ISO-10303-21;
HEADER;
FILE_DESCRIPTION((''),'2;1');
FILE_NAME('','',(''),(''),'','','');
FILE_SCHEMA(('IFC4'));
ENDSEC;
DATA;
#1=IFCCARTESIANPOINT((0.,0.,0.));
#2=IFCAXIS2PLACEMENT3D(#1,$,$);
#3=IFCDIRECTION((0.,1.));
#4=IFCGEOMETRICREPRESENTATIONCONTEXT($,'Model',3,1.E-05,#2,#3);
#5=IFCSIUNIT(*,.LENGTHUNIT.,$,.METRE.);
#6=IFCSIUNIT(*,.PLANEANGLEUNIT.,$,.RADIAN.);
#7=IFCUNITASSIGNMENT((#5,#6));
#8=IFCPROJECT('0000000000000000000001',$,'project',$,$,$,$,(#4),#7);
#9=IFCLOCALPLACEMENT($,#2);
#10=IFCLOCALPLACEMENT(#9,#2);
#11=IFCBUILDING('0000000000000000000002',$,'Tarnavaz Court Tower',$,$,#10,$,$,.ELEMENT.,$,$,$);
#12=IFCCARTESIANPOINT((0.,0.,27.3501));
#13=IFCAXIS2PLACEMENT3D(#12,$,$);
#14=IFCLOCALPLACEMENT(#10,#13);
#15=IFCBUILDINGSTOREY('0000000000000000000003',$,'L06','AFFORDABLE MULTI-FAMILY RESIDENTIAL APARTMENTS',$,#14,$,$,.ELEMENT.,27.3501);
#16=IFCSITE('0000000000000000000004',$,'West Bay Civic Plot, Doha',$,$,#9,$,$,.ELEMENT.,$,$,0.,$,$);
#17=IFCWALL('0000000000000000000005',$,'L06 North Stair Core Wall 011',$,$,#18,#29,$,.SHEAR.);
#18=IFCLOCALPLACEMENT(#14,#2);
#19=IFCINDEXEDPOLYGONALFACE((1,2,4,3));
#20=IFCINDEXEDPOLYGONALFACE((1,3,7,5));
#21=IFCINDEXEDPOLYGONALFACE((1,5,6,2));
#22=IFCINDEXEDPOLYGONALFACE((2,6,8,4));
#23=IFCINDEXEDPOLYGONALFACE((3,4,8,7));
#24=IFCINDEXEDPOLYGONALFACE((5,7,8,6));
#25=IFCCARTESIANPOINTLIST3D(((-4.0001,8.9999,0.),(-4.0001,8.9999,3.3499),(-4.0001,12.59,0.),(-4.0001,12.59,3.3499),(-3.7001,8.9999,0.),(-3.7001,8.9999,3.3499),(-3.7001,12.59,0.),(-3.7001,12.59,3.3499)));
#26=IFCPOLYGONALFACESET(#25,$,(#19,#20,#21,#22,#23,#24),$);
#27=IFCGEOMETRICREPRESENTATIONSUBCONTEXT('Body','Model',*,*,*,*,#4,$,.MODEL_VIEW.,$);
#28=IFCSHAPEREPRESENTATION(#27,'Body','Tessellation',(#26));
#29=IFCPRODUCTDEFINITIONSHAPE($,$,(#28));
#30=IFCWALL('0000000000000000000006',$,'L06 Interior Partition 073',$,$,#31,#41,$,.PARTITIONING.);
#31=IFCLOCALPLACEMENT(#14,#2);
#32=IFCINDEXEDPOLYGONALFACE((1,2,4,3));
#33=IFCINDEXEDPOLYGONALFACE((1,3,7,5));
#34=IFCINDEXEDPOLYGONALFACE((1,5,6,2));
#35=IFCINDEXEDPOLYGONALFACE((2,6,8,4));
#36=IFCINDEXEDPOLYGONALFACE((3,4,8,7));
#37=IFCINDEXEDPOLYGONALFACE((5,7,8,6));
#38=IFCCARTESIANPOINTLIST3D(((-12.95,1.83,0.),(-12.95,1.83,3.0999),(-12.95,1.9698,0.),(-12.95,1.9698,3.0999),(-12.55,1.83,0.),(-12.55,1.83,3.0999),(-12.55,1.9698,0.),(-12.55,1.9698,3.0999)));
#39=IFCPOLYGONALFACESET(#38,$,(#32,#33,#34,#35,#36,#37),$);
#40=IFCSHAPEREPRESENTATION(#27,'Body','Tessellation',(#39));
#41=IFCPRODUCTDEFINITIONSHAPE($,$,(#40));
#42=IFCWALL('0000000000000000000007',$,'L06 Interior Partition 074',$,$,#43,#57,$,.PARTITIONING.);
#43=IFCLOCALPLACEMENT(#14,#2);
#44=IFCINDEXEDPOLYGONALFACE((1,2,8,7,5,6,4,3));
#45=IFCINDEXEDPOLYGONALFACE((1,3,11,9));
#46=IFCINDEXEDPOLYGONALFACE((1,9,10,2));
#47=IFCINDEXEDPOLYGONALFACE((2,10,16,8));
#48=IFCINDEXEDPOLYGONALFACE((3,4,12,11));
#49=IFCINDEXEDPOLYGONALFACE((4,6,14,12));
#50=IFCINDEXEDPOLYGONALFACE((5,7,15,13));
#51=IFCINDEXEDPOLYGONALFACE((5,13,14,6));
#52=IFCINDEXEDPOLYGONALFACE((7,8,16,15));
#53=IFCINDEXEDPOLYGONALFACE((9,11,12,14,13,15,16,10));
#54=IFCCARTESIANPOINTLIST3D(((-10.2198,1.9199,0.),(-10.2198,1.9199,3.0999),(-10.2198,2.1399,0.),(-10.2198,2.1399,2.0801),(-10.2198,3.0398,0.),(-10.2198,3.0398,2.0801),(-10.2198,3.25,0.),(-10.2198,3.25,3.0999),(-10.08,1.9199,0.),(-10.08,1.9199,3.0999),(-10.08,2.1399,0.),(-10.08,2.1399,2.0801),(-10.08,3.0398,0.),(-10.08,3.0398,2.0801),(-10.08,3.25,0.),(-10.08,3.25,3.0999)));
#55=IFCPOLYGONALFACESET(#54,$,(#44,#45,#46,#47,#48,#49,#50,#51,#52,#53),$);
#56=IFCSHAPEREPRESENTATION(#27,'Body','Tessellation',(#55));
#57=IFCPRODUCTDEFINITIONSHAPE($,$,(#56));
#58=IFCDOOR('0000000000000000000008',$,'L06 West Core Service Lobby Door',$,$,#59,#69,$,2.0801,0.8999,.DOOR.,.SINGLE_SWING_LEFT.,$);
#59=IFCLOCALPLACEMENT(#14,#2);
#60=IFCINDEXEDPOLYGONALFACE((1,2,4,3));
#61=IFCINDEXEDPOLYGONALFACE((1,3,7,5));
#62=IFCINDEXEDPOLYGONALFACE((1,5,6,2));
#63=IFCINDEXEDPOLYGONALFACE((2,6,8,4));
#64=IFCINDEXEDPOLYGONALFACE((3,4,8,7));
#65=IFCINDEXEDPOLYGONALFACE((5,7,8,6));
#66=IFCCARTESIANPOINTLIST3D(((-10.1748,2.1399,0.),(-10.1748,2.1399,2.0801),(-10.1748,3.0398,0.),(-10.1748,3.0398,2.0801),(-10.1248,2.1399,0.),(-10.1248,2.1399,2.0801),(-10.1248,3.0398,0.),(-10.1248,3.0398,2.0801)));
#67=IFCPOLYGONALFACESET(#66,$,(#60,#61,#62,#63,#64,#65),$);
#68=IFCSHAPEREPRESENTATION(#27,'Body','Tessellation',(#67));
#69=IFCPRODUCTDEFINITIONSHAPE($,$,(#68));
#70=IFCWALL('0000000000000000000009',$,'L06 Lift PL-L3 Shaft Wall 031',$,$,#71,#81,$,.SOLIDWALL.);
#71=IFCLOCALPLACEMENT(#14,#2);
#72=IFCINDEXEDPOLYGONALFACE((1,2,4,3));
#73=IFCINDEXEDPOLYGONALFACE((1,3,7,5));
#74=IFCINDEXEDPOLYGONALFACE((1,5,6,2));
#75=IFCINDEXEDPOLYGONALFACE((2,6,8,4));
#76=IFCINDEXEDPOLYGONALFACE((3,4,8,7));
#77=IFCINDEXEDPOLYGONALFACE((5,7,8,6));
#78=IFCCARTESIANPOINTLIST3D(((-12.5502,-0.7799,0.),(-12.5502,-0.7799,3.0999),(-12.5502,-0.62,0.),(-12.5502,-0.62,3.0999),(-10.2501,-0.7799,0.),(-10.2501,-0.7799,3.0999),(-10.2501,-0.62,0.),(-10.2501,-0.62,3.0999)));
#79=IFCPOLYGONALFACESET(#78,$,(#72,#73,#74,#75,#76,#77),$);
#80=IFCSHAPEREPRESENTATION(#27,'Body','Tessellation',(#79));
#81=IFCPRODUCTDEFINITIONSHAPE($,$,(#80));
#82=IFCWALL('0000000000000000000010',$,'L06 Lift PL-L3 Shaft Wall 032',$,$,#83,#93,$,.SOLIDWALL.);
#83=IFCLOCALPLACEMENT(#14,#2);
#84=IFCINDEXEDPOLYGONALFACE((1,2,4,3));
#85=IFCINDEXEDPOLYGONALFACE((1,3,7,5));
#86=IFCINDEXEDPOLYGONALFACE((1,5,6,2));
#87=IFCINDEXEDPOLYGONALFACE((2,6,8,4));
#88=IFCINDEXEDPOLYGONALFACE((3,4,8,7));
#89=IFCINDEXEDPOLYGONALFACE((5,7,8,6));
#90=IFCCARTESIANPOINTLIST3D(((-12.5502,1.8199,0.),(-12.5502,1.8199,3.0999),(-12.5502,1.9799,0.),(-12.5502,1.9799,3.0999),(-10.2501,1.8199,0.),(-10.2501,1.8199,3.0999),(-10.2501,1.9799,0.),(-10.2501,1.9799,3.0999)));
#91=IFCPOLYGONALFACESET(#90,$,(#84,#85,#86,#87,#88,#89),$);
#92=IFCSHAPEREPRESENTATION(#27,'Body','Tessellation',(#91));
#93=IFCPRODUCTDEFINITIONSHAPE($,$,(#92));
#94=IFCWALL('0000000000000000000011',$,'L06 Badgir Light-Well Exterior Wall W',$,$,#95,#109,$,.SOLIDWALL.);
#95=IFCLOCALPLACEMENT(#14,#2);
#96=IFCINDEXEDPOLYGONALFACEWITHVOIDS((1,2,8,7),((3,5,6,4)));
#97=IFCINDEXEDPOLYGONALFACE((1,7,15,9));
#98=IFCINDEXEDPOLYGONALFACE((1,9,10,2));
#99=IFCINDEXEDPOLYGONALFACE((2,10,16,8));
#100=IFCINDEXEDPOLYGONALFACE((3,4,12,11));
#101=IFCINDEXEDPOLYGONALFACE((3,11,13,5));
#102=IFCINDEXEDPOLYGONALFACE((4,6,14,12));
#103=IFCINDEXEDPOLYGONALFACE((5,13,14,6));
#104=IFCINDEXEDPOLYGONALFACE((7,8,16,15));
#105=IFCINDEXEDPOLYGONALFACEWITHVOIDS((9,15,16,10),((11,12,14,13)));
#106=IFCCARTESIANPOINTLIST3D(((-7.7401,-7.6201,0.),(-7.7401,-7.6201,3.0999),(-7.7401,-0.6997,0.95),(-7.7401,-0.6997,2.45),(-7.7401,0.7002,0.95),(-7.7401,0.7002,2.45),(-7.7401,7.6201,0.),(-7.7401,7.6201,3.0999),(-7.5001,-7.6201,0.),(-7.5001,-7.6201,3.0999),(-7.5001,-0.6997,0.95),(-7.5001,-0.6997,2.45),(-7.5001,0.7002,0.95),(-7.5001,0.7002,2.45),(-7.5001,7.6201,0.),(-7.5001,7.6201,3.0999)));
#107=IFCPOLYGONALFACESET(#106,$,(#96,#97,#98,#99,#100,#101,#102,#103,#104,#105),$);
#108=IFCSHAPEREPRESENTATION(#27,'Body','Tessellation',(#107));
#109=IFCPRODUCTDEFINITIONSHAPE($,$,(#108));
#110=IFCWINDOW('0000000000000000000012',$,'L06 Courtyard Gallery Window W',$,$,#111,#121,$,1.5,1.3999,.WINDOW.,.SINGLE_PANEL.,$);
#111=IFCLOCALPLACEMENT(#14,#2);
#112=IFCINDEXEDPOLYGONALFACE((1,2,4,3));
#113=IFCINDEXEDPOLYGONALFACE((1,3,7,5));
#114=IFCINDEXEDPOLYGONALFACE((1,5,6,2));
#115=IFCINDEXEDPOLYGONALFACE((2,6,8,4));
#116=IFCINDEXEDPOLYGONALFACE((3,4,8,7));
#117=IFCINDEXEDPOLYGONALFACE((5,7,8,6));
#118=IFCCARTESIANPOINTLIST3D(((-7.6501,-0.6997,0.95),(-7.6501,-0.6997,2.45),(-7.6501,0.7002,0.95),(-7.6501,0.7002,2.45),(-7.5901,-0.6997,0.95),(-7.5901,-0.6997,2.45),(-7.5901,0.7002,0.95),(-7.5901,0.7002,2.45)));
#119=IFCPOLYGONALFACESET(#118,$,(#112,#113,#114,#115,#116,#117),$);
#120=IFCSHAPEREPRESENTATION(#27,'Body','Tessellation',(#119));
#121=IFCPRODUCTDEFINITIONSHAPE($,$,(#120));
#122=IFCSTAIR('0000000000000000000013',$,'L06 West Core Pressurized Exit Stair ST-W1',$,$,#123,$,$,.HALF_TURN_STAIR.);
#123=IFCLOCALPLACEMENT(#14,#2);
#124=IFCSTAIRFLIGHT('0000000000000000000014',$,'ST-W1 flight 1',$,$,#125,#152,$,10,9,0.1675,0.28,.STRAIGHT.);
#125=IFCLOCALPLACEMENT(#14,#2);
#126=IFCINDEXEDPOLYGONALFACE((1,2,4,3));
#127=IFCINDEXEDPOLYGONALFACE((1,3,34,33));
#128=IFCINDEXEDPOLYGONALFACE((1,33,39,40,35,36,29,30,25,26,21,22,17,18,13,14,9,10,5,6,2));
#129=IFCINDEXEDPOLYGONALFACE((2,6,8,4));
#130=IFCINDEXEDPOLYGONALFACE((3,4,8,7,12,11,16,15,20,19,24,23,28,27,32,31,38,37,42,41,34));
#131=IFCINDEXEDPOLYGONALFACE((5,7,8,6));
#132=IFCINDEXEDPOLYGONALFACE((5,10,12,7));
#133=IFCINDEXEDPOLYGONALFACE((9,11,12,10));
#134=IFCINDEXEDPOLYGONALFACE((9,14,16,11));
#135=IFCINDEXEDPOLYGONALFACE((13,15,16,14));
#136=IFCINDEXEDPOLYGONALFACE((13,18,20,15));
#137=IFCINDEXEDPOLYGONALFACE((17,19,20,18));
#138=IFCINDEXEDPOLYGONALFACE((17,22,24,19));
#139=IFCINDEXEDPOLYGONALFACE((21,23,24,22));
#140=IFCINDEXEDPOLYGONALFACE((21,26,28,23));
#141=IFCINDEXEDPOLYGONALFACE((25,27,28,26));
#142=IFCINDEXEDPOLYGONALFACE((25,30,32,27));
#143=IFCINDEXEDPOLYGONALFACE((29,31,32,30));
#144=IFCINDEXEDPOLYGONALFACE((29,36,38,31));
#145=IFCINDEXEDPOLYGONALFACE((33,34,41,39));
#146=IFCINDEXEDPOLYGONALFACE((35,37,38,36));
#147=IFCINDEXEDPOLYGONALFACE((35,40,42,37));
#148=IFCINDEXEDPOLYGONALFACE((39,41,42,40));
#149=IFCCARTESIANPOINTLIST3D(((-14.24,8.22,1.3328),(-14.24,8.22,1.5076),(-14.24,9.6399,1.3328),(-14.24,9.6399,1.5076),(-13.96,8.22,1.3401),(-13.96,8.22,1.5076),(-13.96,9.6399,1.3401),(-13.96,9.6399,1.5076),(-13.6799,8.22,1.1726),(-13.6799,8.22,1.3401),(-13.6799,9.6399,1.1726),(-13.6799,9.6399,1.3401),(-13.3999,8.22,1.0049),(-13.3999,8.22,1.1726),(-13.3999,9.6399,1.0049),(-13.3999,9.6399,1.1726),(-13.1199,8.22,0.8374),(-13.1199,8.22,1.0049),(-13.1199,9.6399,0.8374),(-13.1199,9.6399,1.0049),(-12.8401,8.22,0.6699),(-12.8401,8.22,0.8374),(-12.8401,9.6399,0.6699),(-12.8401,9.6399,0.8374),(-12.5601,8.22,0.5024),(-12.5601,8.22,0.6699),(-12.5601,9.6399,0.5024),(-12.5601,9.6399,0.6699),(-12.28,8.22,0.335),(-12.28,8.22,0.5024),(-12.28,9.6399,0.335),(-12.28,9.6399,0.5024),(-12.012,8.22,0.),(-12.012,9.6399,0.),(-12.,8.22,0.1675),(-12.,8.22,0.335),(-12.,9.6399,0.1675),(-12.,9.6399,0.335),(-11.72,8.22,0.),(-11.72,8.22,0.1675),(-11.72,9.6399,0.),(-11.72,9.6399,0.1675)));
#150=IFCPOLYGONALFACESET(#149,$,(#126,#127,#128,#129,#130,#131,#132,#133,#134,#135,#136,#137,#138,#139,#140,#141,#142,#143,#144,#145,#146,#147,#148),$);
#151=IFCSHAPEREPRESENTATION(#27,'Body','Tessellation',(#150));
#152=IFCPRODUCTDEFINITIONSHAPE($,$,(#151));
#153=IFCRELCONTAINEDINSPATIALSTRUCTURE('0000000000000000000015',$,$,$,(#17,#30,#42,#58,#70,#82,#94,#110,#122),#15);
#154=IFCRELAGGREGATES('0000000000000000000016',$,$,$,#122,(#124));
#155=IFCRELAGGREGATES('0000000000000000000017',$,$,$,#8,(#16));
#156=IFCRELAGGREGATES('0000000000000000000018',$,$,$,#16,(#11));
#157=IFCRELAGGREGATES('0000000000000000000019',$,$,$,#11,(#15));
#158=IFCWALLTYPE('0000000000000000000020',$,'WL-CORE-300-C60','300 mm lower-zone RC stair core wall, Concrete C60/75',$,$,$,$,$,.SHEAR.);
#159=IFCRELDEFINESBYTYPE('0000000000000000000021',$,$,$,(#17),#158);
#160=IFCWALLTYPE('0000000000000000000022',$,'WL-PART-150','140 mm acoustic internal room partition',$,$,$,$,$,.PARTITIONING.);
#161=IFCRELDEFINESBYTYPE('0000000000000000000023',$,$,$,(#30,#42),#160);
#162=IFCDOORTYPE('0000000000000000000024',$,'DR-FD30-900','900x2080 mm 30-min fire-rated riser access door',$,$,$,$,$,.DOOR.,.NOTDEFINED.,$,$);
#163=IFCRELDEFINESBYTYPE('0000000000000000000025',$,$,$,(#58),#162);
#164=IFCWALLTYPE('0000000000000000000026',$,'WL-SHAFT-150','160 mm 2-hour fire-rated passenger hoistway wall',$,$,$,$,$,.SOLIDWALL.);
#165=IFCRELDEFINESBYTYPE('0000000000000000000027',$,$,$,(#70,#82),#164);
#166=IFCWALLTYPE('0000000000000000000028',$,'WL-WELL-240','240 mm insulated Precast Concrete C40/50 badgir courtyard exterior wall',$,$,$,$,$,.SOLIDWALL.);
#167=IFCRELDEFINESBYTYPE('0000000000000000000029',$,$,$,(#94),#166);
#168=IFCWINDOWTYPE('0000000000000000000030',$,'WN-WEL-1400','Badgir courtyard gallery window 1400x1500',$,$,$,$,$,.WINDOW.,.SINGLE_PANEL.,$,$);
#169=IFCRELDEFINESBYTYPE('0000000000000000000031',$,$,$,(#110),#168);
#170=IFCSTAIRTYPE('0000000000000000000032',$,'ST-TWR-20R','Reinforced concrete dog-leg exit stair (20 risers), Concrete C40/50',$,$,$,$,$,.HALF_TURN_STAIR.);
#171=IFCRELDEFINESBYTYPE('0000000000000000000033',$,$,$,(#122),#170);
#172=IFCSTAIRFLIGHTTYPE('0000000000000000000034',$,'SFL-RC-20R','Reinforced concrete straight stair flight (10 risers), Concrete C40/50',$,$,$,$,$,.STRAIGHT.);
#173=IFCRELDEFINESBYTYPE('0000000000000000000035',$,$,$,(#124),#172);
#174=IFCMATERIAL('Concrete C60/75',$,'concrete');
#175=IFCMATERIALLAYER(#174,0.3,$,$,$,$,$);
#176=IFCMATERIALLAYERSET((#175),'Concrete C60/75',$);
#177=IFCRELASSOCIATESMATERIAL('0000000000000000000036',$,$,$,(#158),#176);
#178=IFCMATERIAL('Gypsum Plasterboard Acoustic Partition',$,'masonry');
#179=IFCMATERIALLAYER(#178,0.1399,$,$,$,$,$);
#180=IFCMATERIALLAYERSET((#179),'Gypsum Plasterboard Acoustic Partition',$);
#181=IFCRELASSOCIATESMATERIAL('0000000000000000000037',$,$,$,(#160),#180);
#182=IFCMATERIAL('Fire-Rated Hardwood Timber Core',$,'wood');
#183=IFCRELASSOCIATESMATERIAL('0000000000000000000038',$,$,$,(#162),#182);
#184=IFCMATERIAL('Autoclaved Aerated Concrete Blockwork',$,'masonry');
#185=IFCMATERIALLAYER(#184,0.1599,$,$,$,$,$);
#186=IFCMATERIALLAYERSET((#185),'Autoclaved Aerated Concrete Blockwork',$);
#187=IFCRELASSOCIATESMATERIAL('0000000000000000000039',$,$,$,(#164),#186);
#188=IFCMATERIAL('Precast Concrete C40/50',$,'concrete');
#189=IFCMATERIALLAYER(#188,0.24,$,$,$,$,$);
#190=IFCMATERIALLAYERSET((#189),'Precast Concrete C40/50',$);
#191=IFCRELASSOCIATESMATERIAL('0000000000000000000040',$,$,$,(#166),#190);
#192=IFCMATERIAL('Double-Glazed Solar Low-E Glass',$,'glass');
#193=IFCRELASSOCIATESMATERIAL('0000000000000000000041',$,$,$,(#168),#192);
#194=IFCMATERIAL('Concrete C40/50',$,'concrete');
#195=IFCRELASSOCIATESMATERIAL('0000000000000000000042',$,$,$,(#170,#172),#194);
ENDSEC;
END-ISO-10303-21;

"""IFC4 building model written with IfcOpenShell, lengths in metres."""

from ifc_helpers import new_model, si_unit, direction, frame, frame_2d, origin, place, context, subcontext, project, spatial, polyline, rectangle, outline, extrude, material, layer, layer_set, type_object, element, fill, aggregate, save


model = new_model("IFC4")

# Units and contexts
model_context = context("Model", 3, precision=1e-05, world=origin(), true_north=direction((0.0, 1.0)))
body_context = subcontext(model_context, "Body", "Model", "MODEL_VIEW")
ifc_project = project(units=[si_unit("LENGTHUNIT", "METRE"), si_unit("PLANEANGLEUNIT", "RADIAN")], contexts=[model_context])

# Site, building, storey
site_placement = place(None, origin())
site = spatial("IfcSite", under=ifc_project, at=site_placement, Name="West Bay Civic Plot, Doha", CompositionType="ELEMENT", RefElevation=0.0)
building_placement = place(site_placement, origin())
building = spatial("IfcBuilding", under=site, at=building_placement, Name="Tarnavaz Court Tower", CompositionType="ELEMENT")
storey_placement = place(building_placement, frame((0.0, 0.0, 27.3501)))
storey = spatial("IfcBuildingStorey", under=building, at=storey_placement, Name="L06", Description="AFFORDABLE MULTI-FAMILY RESIDENTIAL APARTMENTS", CompositionType="ELEMENT", Elevation=27.3501)

# Shared definitions
ifc_material_1 = material(Name="Concrete C60/75", Category="concrete")

# Shared definitions
ifc_layer_1 = layer(ifc_material_1, 0.3)
ifc_layer_set_1 = layer_set([ifc_layer_1], Name="Concrete C60/75")
wall_type_1 = type_object("IfcWallType", Name="WL-CORE-300-C60", Description="300 mm lower-zone RC stair core wall, Concrete C60/75", PredefinedType="SHEAR", material=ifc_layer_set_1)

# Shared definitions
ifc_material_2 = material(Name="Fire-Rated Hardwood Timber Core", Category="wood")

# Wall
wall_1_placement = place(storey_placement, frame((-3.8501, 9.0, 0.0), z_axis=(0.0, 0.0, 1.0), x_axis=(0.0, 1.0, 0.0)))
element("IfcWall", 1, at=wall_1_placement, inside=storey, type_object=wall_type_1, Name="L06 North Stair Core Wall 011", PredefinedType="SHEAR", context=body_context, shape_type="SweptSolid", body=[
    extrude(rectangle(XDim=3.5901, YDim=0.3, at=frame_2d((1.7949, 0.0))), origin(), (0.0, 0.0, 1.0), 3.3499),
])

# Shared definitions
ifc_material_3 = material(Name="Autoclaved Aerated Concrete Blockwork", Category="masonry")

# Wall
ifc_material_4 = material(Name="Gypsum Plasterboard Acoustic Partition", Category="masonry")
ifc_layer_2 = layer(ifc_material_4, 0.1399)
ifc_layer_set_2 = layer_set([ifc_layer_2], Name="Gypsum Plasterboard Acoustic Partition")
wall_type_2 = type_object("IfcWallType", Name="WL-PART-150", Description="140 mm acoustic internal room partition", PredefinedType="PARTITIONING", material=ifc_layer_set_2)
wall_2_placement = place(storey_placement, frame((-12.95, 1.8999, 0.0), z_axis=(0.0, 0.0, 1.0), x_axis=(1.0, 0.0, 0.0)))
element("IfcWall", 2, at=wall_2_placement, inside=storey, type_object=wall_type_2, Name="L06 Interior Partition 073", PredefinedType="PARTITIONING", context=body_context, shape_type="SweptSolid", body=[
    extrude(rectangle(XDim=0.3999, YDim=0.1399, at=frame_2d((0.2, 0.0))), origin(), (0.0, 0.0, 1.0), 3.0999),
])

# Wall, opening, door
wall_3_placement = place(storey_placement, frame((-10.1499, 1.9199, 0.0), z_axis=(0.0, 0.0, 1.0), x_axis=(0.0, 1.0, 0.0)))
wall_3 = element("IfcWall", 3, at=wall_3_placement, inside=storey, type_object=wall_type_2, Name="L06 Interior Partition 074", PredefinedType="PARTITIONING", context=body_context, shape_type="SweptSolid", body=[
    extrude(rectangle(XDim=1.3301, YDim=0.1399, at=frame_2d((0.665, 0.0))), origin(), (0.0, 0.0, 1.0), 3.0999),
])
opening_1_placement = place(wall_3_placement, frame((0.22, 0.0, 0.0)))
opening_1 = element("IfcOpeningElement", 4, at=opening_1_placement, cuts=wall_3, PredefinedType="OPENING", context=body_context, shape_type="SweptSolid", body=[
    extrude(rectangle(XDim=0.8999, YDim=2.0801, at=frame_2d((0.45, 1.04))), frame((0.0, 0.0798, 0.0), z_axis=(0.0, -1.0, 0.0), x_axis=(1.0, 0.0, 0.0)), (0.0, 0.0, 1.0), 0.1599),
])
door_type_1 = type_object("IfcDoorType", Name="DR-FD30-900", Description="900x2080 mm 30-min fire-rated riser access door", OperationType="NOTDEFINED", PredefinedType="DOOR", material=ifc_material_2)
door_1_placement = place(opening_1_placement, origin())
door_1 = element("IfcDoor", 5, at=door_1_placement, inside=storey, type_object=door_type_1, Name="L06 West Core Service Lobby Door", OperationType="SINGLE_SWING_LEFT", OverallHeight=2.0801, OverallWidth=0.8999, PredefinedType="DOOR", context=body_context, shape_type="SweptSolid", body=[
    extrude(rectangle(XDim=0.8999, YDim=2.0801, at=frame_2d((0.45, 1.04))), frame((0.0, 0.0249, 0.0), z_axis=(0.0, -1.0, 0.0), x_axis=(1.0, 0.0, 0.0)), (0.0, 0.0, 1.0), 0.05),
])
fill(opening_1, door_1)
ifc_layer_3 = layer(ifc_material_3, 0.1599)
ifc_layer_set_3 = layer_set([ifc_layer_3], Name="Autoclaved Aerated Concrete Blockwork")
wall_type_3 = type_object("IfcWallType", Name="WL-SHAFT-150", Description="160 mm 2-hour fire-rated passenger hoistway wall", PredefinedType="SOLIDWALL", material=ifc_layer_set_3)

# Walls
for number, where, z_axis, x_axis, name in (
    (6, (-12.55, -0.7, 0.0), (0.0, 0.0, 1.0), (1.0, 0.0, 0.0), "L06 Lift PL-L3 Shaft Wall 031"),
    (7, (-12.55, 1.8999, 0.0), (0.0, 0.0, 1.0), (1.0, 0.0, 0.0), "L06 Lift PL-L3 Shaft Wall 032"),
):
    element("IfcWall", number, at=place(storey_placement, frame(where, z_axis=z_axis, x_axis=x_axis)), inside=storey, type_object=wall_type_3, Name=name, PredefinedType="SOLIDWALL", context=body_context, shape_type="SweptSolid", body=[
        extrude(rectangle(XDim=2.3, YDim=0.1599, at=frame_2d((1.1499, 0.0))), origin(), (0.0, 0.0, 1.0), 3.0999),
    ])

# Wall, opening, window
ifc_material_5 = material(Name="Precast Concrete C40/50", Category="concrete")
ifc_layer_4 = layer(ifc_material_5, 0.24)
ifc_layer_set_4 = layer_set([ifc_layer_4], Name="Precast Concrete C40/50")
wall_type_4 = type_object("IfcWallType", Name="WL-WELL-240", Description="240 mm insulated Precast Concrete C40/50 badgir courtyard exterior wall", PredefinedType="SOLIDWALL", material=ifc_layer_set_4)
wall_4_placement = place(storey_placement, frame((-7.6201, 7.6201, 0.0), z_axis=(0.0, 0.0, 1.0), x_axis=(0.0, -1.0, 0.0)))
wall_4 = element("IfcWall", 8, at=wall_4_placement, inside=storey, type_object=wall_type_4, Name="L06 Badgir Light-Well Exterior Wall W", PredefinedType="SOLIDWALL", context=body_context, shape_type="SweptSolid", body=[
    extrude(rectangle(XDim=15.2402, YDim=0.24, at=frame_2d((7.6201, 0.0))), origin(), (0.0, 0.0, 1.0), 3.0999),
])
opening_2_placement = place(wall_4_placement, frame((6.9199, 0.0, 0.95)))
opening_2 = element("IfcOpeningElement", 9, at=opening_2_placement, cuts=wall_4, PredefinedType="OPENING", context=body_context, shape_type="SweptSolid", body=[
    extrude(rectangle(XDim=1.3999, YDim=1.5, at=frame_2d((0.7, 0.75))), frame((0.0, 0.1299, 0.0), z_axis=(0.0, -1.0, 0.0), x_axis=(1.0, 0.0, 0.0)), (0.0, 0.0, 1.0), 0.26),
])
ifc_material_6 = material(Name="Double-Glazed Solar Low-E Glass", Category="glass")
window_type = type_object("IfcWindowType", Name="WN-WEL-1400", Description="Badgir courtyard gallery window 1400x1500", PartitioningType="SINGLE_PANEL", PredefinedType="WINDOW", material=ifc_material_6)
window_placement = place(opening_2_placement, origin())
window = element("IfcWindow", 10, at=window_placement, inside=storey, type_object=window_type, Name="L06 Courtyard Gallery Window W", OverallHeight=1.5, OverallWidth=1.3999, PartitioningType="SINGLE_PANEL", PredefinedType="WINDOW", context=body_context, shape_type="SweptSolid", body=[
    extrude(rectangle(XDim=1.3999, YDim=1.5, at=frame_2d((0.7, 0.75))), frame((0.0, 0.03, 0.0), z_axis=(0.0, -1.0, 0.0), x_axis=(1.0, 0.0, 0.0)), (0.0, 0.0, 1.0), 0.0601),
])
fill(opening_2, window)

# Stair, stair flight
ifc_material_7 = material(Name="Concrete C40/50", Category="concrete")
stair_type = type_object("IfcStairType", Name="ST-TWR-20R", Description="Reinforced concrete dog-leg exit stair (20 risers), Concrete C40/50", PredefinedType="HALF_TURN_STAIR", material=ifc_material_7)
stair_1_placement = place(storey_placement, origin())
stair_1 = element("IfcStair", 11, at=stair_1_placement, inside=storey, type_object=stair_type, Name="L06 West Core Pressurized Exit Stair ST-W1", PredefinedType="HALF_TURN_STAIR")
stair_flight_type = type_object("IfcStairFlightType", Name="SFL-RC-20R", Description="Reinforced concrete straight stair flight (10 risers), Concrete C40/50", PredefinedType="STRAIGHT", material=ifc_material_7)
stair_flight_1_placement = place(storey_placement, frame((-11.72, 8.9299, 0.0), z_axis=(0.0, 0.0, 1.0), x_axis=(-1.0, 0.0, 0.0)))
stair_flight_1 = element("IfcStairFlight", 12, at=stair_flight_1_placement, type_object=stair_flight_type, Name="ST-W1 flight 1", NumberOfRisers=10, NumberOfTreads=9, PredefinedType="STRAIGHT", RiserHeight=0.1675, TreadLength=0.28, context=body_context, shape_type="SweptSolid", body=[
    extrude(outline(polyline([(0.0, 0.0), (0.0, 0.1675), (0.28, 0.1675), (0.28, 0.335), (0.5601, 0.335), (0.5601, 0.5024), (0.8401, 0.5024), (0.8401, 0.6699), (1.1201, 0.6699), (1.1201, 0.8374), (1.3999, 0.8374), (1.3999, 1.0049), (1.6799, 1.0049), (1.6799, 1.1726), (1.96, 1.1726), (1.96, 1.3401), (2.24, 1.3401), (2.24, 1.5076), (2.52, 1.5076), (2.52, 1.675), (2.52, 1.3328), (0.292, 0.0), (0.0, 0.0)])), frame((0.0, 0.71, 0.0), z_axis=(0.0, -1.0, 0.0), x_axis=(1.0, 0.0, 0.0)), (0.0, 0.0, 1.0), 1.4199),
])
aggregate(stair_1, [stair_flight_1])

save(model, "model.ifc")
